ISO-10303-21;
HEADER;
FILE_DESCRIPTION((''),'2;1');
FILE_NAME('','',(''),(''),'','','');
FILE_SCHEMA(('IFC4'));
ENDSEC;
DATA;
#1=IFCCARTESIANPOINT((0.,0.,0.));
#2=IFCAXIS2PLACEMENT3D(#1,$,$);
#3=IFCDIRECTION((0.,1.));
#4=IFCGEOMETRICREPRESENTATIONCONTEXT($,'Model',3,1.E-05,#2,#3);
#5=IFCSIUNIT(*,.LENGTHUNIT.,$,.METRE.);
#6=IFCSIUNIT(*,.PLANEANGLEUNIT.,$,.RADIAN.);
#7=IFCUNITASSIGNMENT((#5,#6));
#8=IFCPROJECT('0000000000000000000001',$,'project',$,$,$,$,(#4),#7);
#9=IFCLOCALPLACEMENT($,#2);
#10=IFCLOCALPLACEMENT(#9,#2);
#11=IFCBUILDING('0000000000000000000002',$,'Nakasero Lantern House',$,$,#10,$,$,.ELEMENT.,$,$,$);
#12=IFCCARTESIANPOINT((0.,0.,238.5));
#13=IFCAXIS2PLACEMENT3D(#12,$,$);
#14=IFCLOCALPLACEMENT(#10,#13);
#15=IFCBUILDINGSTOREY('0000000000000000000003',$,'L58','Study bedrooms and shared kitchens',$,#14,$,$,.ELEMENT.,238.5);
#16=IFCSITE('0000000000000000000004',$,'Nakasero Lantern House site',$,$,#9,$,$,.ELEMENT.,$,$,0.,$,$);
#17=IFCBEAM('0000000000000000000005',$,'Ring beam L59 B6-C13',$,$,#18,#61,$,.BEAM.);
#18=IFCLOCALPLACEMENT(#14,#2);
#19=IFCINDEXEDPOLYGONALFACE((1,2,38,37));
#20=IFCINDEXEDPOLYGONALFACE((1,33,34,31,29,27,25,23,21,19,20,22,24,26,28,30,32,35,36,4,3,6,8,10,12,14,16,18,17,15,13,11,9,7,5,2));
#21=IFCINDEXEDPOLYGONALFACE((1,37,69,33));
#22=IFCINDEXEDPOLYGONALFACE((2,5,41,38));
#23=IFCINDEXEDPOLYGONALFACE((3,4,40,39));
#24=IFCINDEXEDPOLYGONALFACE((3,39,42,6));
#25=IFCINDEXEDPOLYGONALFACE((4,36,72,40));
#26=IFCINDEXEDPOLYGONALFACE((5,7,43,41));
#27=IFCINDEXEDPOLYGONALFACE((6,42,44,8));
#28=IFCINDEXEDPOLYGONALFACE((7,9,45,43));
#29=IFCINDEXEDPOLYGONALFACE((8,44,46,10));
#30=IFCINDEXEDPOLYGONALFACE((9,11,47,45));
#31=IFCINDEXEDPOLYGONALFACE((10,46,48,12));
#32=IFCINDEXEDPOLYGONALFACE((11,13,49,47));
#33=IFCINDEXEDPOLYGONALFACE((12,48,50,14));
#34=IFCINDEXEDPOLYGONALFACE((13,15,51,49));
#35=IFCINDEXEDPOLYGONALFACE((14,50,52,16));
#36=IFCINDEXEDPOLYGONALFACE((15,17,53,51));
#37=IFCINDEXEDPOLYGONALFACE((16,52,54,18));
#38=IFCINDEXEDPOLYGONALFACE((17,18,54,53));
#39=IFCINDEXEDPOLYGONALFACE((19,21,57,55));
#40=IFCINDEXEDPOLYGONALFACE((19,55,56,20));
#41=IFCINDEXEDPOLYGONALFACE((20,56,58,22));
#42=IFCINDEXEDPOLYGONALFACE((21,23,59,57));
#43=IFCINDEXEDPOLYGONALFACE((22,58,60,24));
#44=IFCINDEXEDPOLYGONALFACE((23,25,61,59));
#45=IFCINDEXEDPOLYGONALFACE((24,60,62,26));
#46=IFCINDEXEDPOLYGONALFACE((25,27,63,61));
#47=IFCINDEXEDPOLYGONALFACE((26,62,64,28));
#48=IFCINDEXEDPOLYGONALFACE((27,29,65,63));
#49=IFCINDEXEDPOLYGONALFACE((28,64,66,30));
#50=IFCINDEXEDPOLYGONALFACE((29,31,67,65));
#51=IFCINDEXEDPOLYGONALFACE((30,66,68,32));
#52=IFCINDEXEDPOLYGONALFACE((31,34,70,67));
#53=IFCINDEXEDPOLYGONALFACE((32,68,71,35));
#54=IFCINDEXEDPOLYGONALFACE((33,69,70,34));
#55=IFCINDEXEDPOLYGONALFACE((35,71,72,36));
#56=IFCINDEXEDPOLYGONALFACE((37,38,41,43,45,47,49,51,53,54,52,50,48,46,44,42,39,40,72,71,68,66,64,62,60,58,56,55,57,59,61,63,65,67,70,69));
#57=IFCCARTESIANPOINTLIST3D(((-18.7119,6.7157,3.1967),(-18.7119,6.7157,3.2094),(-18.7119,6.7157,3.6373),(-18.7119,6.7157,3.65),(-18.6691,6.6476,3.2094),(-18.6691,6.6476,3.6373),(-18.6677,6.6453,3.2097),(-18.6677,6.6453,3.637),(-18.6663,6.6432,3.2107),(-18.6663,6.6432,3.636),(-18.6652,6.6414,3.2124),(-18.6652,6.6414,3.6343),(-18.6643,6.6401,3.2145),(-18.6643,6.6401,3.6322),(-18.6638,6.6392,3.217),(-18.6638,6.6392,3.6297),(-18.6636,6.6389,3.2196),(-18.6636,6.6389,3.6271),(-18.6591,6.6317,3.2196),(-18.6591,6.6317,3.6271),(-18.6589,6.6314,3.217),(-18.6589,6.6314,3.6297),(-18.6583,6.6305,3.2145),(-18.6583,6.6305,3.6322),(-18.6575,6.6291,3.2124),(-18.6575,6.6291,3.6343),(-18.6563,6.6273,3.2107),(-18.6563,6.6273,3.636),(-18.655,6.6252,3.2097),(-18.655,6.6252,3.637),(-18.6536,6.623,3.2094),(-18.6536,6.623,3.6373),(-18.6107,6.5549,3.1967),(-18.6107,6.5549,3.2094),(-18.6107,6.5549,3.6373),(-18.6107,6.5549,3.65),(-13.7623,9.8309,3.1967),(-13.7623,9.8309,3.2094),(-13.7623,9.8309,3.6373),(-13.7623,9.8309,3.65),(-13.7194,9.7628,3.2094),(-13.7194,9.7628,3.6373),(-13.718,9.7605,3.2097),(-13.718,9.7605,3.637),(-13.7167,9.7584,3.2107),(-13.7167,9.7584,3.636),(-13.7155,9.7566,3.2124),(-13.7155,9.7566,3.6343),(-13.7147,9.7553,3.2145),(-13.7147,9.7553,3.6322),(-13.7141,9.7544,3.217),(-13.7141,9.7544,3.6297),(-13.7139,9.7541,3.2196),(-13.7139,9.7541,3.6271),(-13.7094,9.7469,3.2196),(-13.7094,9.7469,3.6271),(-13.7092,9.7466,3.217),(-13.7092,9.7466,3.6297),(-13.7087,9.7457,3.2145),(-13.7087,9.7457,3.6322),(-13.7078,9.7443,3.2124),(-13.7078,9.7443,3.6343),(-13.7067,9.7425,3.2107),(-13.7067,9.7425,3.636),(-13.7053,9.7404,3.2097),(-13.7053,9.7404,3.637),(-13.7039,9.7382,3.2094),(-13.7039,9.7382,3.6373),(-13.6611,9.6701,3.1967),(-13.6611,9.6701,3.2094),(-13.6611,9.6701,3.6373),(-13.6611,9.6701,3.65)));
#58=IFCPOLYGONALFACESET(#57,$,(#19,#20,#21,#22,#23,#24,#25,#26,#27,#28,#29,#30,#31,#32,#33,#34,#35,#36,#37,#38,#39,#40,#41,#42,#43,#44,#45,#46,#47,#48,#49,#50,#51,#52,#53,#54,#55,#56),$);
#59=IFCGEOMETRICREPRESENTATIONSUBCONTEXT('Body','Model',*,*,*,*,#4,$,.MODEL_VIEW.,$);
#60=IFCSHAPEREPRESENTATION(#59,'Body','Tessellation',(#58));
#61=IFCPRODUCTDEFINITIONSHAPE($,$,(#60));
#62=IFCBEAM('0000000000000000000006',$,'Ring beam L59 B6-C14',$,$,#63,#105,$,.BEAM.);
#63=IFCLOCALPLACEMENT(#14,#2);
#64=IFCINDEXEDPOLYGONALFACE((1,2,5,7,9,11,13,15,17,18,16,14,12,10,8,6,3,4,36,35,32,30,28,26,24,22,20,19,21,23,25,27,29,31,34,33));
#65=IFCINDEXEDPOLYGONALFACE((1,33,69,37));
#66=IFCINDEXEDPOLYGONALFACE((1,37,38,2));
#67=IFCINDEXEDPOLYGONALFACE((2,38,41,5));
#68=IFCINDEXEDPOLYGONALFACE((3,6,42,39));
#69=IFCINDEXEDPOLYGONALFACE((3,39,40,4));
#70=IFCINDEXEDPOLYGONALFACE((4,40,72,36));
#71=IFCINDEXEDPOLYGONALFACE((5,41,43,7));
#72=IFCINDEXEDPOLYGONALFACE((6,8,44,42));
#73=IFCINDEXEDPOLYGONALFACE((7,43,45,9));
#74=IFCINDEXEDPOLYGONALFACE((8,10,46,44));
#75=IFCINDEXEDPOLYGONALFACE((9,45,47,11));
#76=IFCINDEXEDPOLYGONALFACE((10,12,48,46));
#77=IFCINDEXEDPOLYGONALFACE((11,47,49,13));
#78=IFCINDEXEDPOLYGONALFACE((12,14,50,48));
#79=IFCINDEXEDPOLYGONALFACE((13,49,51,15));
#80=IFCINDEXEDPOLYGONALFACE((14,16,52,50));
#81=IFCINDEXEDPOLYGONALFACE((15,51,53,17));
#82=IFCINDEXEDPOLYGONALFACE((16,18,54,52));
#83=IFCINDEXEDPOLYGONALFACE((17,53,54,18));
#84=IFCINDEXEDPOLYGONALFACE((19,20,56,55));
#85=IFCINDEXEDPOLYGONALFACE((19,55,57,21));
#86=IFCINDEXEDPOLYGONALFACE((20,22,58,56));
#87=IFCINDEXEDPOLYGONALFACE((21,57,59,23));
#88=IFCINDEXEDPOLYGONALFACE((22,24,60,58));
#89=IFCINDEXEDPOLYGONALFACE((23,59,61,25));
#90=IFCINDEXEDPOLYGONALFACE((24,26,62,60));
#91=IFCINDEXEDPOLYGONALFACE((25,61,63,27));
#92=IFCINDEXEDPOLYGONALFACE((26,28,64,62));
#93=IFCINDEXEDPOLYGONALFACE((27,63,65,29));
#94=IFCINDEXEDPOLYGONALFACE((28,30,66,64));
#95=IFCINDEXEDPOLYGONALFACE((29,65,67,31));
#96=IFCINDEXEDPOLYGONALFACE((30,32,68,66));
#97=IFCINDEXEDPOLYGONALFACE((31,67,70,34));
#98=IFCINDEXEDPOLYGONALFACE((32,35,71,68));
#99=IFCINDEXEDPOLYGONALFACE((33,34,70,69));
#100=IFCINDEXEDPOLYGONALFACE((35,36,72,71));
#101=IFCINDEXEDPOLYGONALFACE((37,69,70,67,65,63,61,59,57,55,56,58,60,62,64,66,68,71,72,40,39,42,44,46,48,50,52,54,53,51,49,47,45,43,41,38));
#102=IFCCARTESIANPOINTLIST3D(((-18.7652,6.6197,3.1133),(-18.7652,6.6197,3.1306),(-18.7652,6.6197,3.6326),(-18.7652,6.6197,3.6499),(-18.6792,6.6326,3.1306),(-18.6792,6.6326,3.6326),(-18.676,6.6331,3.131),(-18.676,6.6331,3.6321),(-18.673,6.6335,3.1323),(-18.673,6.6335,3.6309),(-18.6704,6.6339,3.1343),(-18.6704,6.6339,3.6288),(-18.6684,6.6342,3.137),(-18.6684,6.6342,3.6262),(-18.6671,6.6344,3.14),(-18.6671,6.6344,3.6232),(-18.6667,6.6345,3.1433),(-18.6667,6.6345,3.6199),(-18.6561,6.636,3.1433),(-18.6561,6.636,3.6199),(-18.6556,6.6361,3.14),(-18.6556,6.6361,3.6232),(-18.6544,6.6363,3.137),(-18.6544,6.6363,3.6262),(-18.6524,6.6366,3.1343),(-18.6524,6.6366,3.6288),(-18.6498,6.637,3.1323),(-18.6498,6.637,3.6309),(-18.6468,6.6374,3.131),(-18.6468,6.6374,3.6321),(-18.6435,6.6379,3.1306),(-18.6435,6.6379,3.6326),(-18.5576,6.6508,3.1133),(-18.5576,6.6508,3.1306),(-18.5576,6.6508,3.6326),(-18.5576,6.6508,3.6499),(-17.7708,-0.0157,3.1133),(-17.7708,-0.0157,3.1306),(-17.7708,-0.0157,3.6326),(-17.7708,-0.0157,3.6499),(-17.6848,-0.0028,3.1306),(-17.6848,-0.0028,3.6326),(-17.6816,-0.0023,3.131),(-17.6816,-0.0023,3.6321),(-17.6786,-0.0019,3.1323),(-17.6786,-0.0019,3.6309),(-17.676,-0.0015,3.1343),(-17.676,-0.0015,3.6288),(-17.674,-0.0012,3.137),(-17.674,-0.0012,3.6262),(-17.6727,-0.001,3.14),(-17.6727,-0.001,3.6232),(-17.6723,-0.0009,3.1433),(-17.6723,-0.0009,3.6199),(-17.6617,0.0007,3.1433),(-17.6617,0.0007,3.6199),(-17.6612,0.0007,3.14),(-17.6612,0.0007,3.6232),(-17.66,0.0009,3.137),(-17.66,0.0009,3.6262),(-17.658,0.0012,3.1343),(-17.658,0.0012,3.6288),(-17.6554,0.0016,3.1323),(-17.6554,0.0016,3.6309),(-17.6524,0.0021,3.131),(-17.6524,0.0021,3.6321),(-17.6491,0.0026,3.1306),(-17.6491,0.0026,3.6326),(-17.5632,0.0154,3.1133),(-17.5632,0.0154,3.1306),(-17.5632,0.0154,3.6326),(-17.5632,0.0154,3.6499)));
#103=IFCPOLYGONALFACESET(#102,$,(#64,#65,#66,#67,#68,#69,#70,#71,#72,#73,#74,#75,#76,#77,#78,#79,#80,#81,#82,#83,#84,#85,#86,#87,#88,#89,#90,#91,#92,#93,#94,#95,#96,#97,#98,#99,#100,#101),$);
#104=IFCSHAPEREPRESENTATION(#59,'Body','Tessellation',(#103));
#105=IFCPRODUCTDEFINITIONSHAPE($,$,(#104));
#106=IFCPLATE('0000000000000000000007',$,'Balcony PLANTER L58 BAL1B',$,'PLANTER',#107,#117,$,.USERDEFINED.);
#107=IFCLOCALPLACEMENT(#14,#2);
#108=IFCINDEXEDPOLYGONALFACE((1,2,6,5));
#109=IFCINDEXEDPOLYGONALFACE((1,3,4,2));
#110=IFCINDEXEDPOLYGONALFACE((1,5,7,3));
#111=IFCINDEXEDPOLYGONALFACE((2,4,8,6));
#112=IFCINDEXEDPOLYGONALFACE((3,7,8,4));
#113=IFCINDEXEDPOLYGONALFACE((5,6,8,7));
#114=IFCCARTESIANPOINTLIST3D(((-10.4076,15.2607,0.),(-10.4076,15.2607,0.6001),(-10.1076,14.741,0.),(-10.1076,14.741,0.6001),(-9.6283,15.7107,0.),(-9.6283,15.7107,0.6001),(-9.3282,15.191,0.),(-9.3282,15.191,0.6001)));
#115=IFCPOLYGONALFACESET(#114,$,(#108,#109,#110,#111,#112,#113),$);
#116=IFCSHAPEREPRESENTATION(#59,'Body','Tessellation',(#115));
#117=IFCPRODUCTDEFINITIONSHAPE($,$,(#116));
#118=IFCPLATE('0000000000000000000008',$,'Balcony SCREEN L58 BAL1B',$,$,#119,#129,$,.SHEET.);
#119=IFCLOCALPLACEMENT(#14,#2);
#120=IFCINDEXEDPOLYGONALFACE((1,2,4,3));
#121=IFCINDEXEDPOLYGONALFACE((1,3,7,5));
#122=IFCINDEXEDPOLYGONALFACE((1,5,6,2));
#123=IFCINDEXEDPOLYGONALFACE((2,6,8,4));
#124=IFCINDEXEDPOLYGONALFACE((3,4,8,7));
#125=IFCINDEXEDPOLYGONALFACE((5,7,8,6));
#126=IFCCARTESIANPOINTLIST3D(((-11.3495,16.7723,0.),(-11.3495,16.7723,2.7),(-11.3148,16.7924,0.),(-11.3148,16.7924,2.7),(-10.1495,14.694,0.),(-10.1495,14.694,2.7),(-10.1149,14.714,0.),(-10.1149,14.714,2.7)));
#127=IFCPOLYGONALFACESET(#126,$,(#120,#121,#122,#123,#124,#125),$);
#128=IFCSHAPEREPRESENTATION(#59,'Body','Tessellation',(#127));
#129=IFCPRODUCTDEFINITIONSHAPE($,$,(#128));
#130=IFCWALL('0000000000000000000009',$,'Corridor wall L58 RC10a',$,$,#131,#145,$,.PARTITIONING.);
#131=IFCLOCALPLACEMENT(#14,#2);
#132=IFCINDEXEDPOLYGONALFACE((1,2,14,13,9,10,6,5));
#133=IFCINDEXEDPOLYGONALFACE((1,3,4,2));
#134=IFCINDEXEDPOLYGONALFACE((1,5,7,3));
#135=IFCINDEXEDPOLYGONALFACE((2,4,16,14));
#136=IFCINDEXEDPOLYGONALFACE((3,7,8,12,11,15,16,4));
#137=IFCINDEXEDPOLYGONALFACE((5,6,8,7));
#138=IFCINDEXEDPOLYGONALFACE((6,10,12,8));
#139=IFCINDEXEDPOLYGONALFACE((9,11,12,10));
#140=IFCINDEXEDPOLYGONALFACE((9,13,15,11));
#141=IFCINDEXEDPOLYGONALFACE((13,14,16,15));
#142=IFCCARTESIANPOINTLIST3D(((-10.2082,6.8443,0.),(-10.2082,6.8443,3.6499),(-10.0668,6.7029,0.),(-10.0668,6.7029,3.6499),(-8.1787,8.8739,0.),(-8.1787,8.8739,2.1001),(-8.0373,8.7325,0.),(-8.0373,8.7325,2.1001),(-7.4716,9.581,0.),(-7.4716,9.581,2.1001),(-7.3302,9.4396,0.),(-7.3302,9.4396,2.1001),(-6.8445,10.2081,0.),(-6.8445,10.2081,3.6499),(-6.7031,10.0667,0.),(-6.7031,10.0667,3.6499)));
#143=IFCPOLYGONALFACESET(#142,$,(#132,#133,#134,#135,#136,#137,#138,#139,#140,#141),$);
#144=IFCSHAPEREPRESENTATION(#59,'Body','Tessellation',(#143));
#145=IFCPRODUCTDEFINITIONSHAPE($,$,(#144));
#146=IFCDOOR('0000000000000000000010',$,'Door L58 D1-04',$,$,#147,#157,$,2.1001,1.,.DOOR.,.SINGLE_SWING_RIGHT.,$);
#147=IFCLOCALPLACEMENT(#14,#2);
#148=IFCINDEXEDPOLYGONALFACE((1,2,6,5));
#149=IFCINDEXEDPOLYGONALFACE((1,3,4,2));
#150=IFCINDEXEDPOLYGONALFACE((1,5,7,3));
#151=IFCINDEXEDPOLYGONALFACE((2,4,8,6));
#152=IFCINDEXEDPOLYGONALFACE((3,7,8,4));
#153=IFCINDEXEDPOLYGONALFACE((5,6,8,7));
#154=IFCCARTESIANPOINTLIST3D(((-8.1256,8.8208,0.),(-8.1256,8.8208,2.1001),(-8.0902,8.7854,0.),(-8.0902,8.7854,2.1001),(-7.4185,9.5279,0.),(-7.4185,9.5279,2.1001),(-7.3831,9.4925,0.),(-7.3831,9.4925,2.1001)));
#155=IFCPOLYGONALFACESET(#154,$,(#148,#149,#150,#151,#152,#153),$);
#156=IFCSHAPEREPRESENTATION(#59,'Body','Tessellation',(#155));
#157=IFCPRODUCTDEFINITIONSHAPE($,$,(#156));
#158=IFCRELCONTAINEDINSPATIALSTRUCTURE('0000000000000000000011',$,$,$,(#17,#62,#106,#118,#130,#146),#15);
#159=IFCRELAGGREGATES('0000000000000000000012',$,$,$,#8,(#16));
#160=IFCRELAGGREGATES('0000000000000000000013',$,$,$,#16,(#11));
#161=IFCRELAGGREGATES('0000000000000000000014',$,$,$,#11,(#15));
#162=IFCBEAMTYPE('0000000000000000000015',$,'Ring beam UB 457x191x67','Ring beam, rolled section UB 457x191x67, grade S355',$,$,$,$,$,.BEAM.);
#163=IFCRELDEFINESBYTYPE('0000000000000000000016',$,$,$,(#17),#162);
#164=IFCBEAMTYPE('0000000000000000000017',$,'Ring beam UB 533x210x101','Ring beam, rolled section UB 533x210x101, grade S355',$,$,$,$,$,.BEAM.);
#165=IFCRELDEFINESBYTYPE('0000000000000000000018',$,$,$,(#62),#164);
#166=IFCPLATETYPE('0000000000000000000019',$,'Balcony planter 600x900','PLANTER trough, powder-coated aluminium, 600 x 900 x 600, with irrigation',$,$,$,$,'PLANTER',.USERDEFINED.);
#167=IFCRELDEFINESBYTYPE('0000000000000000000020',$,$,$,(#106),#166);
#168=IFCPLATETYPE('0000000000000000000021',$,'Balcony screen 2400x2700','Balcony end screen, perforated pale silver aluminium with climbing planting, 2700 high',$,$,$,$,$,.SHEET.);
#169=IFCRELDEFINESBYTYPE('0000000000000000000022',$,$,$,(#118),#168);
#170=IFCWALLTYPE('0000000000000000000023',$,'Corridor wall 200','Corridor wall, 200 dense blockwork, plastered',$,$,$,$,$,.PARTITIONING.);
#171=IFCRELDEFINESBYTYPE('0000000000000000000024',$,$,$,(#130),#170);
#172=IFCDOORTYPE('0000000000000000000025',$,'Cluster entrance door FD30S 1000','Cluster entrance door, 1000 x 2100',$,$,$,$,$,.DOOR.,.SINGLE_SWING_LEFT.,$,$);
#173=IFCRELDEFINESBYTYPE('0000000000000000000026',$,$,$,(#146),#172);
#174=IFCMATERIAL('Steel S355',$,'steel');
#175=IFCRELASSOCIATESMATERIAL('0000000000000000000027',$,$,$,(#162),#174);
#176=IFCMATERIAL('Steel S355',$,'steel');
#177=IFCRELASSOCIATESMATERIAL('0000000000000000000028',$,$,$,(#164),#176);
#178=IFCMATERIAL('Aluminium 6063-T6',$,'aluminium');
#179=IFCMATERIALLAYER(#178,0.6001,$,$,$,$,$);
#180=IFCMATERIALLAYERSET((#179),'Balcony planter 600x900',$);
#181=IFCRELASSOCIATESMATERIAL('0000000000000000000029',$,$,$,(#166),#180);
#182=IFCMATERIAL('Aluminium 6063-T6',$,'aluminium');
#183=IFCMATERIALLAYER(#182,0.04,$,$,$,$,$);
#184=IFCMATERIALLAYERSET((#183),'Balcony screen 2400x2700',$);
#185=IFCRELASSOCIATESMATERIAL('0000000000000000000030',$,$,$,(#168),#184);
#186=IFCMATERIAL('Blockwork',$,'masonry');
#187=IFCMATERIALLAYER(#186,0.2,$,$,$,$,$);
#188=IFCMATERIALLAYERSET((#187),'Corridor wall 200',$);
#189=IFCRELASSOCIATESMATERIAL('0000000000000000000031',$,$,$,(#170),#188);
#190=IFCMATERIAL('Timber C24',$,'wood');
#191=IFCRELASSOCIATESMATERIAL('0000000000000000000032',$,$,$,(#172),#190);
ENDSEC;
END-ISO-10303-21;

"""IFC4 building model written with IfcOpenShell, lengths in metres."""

from ifc_helpers import new_model, si_unit, direction, frame, frame_2d, origin, origin_2d, place, context, subcontext, project, spatial, rectangle, i_section, extrude, material, layer, layer_set, material_profile, profile_set, type_object, element, fill, save


model = new_model("IFC4")

# Units and contexts
model_context = context("Model", 3, precision=1e-05, world=origin(), true_north=direction((0.0, 1.0)))
body_context = subcontext(model_context, "Body", "Model", "MODEL_VIEW")
ifc_project = project(units=[si_unit("LENGTHUNIT", "METRE"), si_unit("PLANEANGLEUNIT", "RADIAN")], contexts=[model_context])

# Site, building, storey
site_placement = place(None, origin())
site = spatial("IfcSite", under=ifc_project, at=site_placement, Name="Nakasero Lantern House site", CompositionType="ELEMENT", RefElevation=0.0)
building_placement = place(site_placement, origin())
building = spatial("IfcBuilding", under=site, at=building_placement, Name="Nakasero Lantern House", CompositionType="ELEMENT")
storey_placement = place(building_placement, frame((0.0, 0.0, 238.5)))
storey = spatial("IfcBuildingStorey", under=building, at=storey_placement, Name="L58", Description="Study bedrooms and shared kitchens", CompositionType="ELEMENT", Elevation=238.5)

# Beams
ifc_material_1 = material(Name="Steel S355", Category="steel")
ifc_material_profile_1 = material_profile(ifc_material_1, i_section(OverallWidth=0.1899, OverallDepth=0.4534, WebThickness=0.0085, FlangeThickness=0.0127, FilletRadius=0.0103, at=origin_2d()), Name="UB 457x191x67")
ifc_profile_set_1 = profile_set([ifc_material_profile_1], Name="Steel S355")
beam_type_1 = type_object("IfcBeamType", Name="Ring beam UB 457x191x67", Description="Ring beam, rolled section UB 457x191x67, grade S355", PredefinedType="BEAM", material=ifc_profile_set_1)
beam_1_placement = place(storey_placement, frame((-13.7117, 9.7505, 3.4233), z_axis=(-0.846329, -0.53266, 0.0), x_axis=(0.53266, -0.846329, 0.0)))
element("IfcBeam", 1, at=beam_1_placement, inside=storey, type_object=beam_type_1, Name="Ring beam L59 B6-C13", PredefinedType="BEAM", context=body_context, shape_type="SweptSolid", body=[
    extrude(i_section(OverallWidth=0.1899, OverallDepth=0.4534, WebThickness=0.0085, FlangeThickness=0.0127, FilletRadius=0.0103, at=origin_2d()), origin(), (0.0, 0.0, 1.0), 5.8484),
])
ifc_material_2 = material(Name="Steel S355", Category="steel")
ifc_material_profile_2 = material_profile(ifc_material_2, i_section(OverallWidth=0.21, OverallDepth=0.5366, WebThickness=0.0107, FlangeThickness=0.0173, FilletRadius=0.0127, at=origin_2d()), Name="UB 533x210x101")
ifc_profile_set_2 = profile_set([ifc_material_profile_2], Name="Steel S355")
beam_type_2 = type_object("IfcBeamType", Name="Ring beam UB 533x210x101", Description="Ring beam, rolled section UB 533x210x101, grade S355", PredefinedType="BEAM", material=ifc_profile_set_2)
beam_2_placement = place(storey_placement, frame((-18.6614, 6.6353, 3.3816), z_axis=(0.148209, -0.988956, 0.0), x_axis=(0.988956, 0.148209, 0.0)))
element("IfcBeam", 2, at=beam_2_placement, inside=storey, type_object=beam_type_2, Name="Ring beam L59 B6-C14", PredefinedType="BEAM", context=body_context, shape_type="SweptSolid", body=[
    extrude(i_section(OverallWidth=0.21, OverallDepth=0.5366, WebThickness=0.0107, FlangeThickness=0.0173, FilletRadius=0.0127, at=origin_2d()), origin(), (0.0, 0.0, 1.0), 6.7095),
])

# Plates
ifc_material_3 = material(Name="Aluminium 6063-T6", Category="aluminium")
ifc_layer_1 = layer(ifc_material_3, 0.6001)
ifc_layer_set_1 = layer_set([ifc_layer_1], Name="Balcony planter 600x900")
plate_type_1 = type_object("IfcPlateType", Name="Balcony planter 600x900", Description="PLANTER trough, powder-coated aluminium, 600 x 900 x 600, with irrigation", ElementType="PLANTER", PredefinedType="USERDEFINED", material=ifc_layer_set_1)
plate_1_placement = place(storey_placement, frame((-9.8679, 15.2258, 0.0), z_axis=(0.0, 0.0, 1.0), x_axis=(-0.5, 0.866025, 0.0)))
element("IfcPlate", 3, at=plate_1_placement, inside=storey, type_object=plate_type_1, Name="Balcony PLANTER L58 BAL1B", ObjectType="PLANTER", PredefinedType="USERDEFINED", context=body_context, shape_type="SweptSolid", body=[
    extrude(rectangle(XDim=0.6001, YDim=0.8999, at=origin_2d()), origin(), (0.0, 0.0, 1.0), 0.6001),
])
ifc_material_4 = material(Name="Aluminium 6063-T6", Category="aluminium")
ifc_layer_2 = layer(ifc_material_4, 0.04)
ifc_layer_set_2 = layer_set([ifc_layer_2], Name="Balcony screen 2400x2700")
plate_type_2 = type_object("IfcPlateType", Name="Balcony screen 2400x2700", Description="Balcony end screen, perforated pale silver aluminium with climbing planting, 2700 high", PredefinedType="SHEET", material=ifc_layer_set_2)
plate_2_placement = place(storey_placement, frame((-10.7322, 15.7432, 0.0), z_axis=(0.0, 0.0, 1.0), x_axis=(-0.5, 0.866025, 0.0)))
element("IfcPlate", 4, at=plate_2_placement, inside=storey, type_object=plate_type_2, Name="Balcony SCREEN L58 BAL1B", PredefinedType="SHEET", context=body_context, shape_type="SweptSolid", body=[
    extrude(rectangle(XDim=2.3999, YDim=0.04, at=origin_2d()), origin(), (0.0, 0.0, 1.0), 2.7),
])

# Wall, opening, door
ifc_material_5 = material(Name="Blockwork", Category="masonry")
ifc_layer_3 = layer(ifc_material_5, 0.2)
ifc_layer_set_3 = layer_set([ifc_layer_3], Name="Corridor wall 200")
wall_type_1 = type_object("IfcWallType", Name="Corridor wall 200", Description="Corridor wall, 200 dense blockwork, plastered", PredefinedType="PARTITIONING", material=ifc_layer_set_3)
wall_1_placement = place(storey_placement, frame((-10.1375, 6.7737, 0.0), z_axis=(0.0, 0.0, 1.0), x_axis=(0.707107, 0.707107, 0.0)))
wall_1 = element("IfcWall", 5, at=wall_1_placement, inside=storey, type_object=wall_type_1, Name="Corridor wall L58 RC10a", PredefinedType="PARTITIONING", context=body_context, shape_type="SweptSolid", body=[
    extrude(rectangle(XDim=4.7571, YDim=0.2, at=frame_2d((2.3784, 0.0))), origin(), (0.0, 0.0, 1.0), 3.6499),
])
opening_1_placement = place(wall_1_placement, frame((2.8701, 0.0, 0.0)))
opening_1 = element("IfcOpeningElement", 6, at=opening_1_placement, cuts=wall_1, PredefinedType="OPENING", context=body_context, shape_type="SweptSolid", body=[
    extrude(rectangle(XDim=1.0, YDim=2.1001, at=frame_2d((0.5, 1.05))), frame((0.0, 0.1199, 0.0), z_axis=(0.0, -1.0, 0.0), x_axis=(1.0, 0.0, 0.0)), (0.0, 0.0, 1.0), 0.24),
])
ifc_material_6 = material(Name="Timber C24", Category="wood")
door_type_1 = type_object("IfcDoorType", Name="Cluster entrance door FD30S 1000", Description="Cluster entrance door, 1000 x 2100", OperationType="SINGLE_SWING_LEFT", PredefinedType="DOOR", material=ifc_material_6)
door_1_placement = place(opening_1_placement, origin())
door_1 = element("IfcDoor", 7, at=door_1_placement, inside=storey, type_object=door_type_1, Name="Door L58 D1-04", OperationType="SINGLE_SWING_RIGHT", OverallHeight=2.1001, OverallWidth=1.0, PredefinedType="DOOR", context=body_context, shape_type="SweptSolid", body=[
    extrude(rectangle(XDim=1.0, YDim=2.1001, at=frame_2d((0.5, 1.05))), frame((0.0, 0.0249, 0.0), z_axis=(0.0, -1.0, 0.0), x_axis=(1.0, 0.0, 0.0)), (0.0, 0.0, 1.0), 0.05),
])
fill(opening_1, door_1)

save(model, "model.ifc")
